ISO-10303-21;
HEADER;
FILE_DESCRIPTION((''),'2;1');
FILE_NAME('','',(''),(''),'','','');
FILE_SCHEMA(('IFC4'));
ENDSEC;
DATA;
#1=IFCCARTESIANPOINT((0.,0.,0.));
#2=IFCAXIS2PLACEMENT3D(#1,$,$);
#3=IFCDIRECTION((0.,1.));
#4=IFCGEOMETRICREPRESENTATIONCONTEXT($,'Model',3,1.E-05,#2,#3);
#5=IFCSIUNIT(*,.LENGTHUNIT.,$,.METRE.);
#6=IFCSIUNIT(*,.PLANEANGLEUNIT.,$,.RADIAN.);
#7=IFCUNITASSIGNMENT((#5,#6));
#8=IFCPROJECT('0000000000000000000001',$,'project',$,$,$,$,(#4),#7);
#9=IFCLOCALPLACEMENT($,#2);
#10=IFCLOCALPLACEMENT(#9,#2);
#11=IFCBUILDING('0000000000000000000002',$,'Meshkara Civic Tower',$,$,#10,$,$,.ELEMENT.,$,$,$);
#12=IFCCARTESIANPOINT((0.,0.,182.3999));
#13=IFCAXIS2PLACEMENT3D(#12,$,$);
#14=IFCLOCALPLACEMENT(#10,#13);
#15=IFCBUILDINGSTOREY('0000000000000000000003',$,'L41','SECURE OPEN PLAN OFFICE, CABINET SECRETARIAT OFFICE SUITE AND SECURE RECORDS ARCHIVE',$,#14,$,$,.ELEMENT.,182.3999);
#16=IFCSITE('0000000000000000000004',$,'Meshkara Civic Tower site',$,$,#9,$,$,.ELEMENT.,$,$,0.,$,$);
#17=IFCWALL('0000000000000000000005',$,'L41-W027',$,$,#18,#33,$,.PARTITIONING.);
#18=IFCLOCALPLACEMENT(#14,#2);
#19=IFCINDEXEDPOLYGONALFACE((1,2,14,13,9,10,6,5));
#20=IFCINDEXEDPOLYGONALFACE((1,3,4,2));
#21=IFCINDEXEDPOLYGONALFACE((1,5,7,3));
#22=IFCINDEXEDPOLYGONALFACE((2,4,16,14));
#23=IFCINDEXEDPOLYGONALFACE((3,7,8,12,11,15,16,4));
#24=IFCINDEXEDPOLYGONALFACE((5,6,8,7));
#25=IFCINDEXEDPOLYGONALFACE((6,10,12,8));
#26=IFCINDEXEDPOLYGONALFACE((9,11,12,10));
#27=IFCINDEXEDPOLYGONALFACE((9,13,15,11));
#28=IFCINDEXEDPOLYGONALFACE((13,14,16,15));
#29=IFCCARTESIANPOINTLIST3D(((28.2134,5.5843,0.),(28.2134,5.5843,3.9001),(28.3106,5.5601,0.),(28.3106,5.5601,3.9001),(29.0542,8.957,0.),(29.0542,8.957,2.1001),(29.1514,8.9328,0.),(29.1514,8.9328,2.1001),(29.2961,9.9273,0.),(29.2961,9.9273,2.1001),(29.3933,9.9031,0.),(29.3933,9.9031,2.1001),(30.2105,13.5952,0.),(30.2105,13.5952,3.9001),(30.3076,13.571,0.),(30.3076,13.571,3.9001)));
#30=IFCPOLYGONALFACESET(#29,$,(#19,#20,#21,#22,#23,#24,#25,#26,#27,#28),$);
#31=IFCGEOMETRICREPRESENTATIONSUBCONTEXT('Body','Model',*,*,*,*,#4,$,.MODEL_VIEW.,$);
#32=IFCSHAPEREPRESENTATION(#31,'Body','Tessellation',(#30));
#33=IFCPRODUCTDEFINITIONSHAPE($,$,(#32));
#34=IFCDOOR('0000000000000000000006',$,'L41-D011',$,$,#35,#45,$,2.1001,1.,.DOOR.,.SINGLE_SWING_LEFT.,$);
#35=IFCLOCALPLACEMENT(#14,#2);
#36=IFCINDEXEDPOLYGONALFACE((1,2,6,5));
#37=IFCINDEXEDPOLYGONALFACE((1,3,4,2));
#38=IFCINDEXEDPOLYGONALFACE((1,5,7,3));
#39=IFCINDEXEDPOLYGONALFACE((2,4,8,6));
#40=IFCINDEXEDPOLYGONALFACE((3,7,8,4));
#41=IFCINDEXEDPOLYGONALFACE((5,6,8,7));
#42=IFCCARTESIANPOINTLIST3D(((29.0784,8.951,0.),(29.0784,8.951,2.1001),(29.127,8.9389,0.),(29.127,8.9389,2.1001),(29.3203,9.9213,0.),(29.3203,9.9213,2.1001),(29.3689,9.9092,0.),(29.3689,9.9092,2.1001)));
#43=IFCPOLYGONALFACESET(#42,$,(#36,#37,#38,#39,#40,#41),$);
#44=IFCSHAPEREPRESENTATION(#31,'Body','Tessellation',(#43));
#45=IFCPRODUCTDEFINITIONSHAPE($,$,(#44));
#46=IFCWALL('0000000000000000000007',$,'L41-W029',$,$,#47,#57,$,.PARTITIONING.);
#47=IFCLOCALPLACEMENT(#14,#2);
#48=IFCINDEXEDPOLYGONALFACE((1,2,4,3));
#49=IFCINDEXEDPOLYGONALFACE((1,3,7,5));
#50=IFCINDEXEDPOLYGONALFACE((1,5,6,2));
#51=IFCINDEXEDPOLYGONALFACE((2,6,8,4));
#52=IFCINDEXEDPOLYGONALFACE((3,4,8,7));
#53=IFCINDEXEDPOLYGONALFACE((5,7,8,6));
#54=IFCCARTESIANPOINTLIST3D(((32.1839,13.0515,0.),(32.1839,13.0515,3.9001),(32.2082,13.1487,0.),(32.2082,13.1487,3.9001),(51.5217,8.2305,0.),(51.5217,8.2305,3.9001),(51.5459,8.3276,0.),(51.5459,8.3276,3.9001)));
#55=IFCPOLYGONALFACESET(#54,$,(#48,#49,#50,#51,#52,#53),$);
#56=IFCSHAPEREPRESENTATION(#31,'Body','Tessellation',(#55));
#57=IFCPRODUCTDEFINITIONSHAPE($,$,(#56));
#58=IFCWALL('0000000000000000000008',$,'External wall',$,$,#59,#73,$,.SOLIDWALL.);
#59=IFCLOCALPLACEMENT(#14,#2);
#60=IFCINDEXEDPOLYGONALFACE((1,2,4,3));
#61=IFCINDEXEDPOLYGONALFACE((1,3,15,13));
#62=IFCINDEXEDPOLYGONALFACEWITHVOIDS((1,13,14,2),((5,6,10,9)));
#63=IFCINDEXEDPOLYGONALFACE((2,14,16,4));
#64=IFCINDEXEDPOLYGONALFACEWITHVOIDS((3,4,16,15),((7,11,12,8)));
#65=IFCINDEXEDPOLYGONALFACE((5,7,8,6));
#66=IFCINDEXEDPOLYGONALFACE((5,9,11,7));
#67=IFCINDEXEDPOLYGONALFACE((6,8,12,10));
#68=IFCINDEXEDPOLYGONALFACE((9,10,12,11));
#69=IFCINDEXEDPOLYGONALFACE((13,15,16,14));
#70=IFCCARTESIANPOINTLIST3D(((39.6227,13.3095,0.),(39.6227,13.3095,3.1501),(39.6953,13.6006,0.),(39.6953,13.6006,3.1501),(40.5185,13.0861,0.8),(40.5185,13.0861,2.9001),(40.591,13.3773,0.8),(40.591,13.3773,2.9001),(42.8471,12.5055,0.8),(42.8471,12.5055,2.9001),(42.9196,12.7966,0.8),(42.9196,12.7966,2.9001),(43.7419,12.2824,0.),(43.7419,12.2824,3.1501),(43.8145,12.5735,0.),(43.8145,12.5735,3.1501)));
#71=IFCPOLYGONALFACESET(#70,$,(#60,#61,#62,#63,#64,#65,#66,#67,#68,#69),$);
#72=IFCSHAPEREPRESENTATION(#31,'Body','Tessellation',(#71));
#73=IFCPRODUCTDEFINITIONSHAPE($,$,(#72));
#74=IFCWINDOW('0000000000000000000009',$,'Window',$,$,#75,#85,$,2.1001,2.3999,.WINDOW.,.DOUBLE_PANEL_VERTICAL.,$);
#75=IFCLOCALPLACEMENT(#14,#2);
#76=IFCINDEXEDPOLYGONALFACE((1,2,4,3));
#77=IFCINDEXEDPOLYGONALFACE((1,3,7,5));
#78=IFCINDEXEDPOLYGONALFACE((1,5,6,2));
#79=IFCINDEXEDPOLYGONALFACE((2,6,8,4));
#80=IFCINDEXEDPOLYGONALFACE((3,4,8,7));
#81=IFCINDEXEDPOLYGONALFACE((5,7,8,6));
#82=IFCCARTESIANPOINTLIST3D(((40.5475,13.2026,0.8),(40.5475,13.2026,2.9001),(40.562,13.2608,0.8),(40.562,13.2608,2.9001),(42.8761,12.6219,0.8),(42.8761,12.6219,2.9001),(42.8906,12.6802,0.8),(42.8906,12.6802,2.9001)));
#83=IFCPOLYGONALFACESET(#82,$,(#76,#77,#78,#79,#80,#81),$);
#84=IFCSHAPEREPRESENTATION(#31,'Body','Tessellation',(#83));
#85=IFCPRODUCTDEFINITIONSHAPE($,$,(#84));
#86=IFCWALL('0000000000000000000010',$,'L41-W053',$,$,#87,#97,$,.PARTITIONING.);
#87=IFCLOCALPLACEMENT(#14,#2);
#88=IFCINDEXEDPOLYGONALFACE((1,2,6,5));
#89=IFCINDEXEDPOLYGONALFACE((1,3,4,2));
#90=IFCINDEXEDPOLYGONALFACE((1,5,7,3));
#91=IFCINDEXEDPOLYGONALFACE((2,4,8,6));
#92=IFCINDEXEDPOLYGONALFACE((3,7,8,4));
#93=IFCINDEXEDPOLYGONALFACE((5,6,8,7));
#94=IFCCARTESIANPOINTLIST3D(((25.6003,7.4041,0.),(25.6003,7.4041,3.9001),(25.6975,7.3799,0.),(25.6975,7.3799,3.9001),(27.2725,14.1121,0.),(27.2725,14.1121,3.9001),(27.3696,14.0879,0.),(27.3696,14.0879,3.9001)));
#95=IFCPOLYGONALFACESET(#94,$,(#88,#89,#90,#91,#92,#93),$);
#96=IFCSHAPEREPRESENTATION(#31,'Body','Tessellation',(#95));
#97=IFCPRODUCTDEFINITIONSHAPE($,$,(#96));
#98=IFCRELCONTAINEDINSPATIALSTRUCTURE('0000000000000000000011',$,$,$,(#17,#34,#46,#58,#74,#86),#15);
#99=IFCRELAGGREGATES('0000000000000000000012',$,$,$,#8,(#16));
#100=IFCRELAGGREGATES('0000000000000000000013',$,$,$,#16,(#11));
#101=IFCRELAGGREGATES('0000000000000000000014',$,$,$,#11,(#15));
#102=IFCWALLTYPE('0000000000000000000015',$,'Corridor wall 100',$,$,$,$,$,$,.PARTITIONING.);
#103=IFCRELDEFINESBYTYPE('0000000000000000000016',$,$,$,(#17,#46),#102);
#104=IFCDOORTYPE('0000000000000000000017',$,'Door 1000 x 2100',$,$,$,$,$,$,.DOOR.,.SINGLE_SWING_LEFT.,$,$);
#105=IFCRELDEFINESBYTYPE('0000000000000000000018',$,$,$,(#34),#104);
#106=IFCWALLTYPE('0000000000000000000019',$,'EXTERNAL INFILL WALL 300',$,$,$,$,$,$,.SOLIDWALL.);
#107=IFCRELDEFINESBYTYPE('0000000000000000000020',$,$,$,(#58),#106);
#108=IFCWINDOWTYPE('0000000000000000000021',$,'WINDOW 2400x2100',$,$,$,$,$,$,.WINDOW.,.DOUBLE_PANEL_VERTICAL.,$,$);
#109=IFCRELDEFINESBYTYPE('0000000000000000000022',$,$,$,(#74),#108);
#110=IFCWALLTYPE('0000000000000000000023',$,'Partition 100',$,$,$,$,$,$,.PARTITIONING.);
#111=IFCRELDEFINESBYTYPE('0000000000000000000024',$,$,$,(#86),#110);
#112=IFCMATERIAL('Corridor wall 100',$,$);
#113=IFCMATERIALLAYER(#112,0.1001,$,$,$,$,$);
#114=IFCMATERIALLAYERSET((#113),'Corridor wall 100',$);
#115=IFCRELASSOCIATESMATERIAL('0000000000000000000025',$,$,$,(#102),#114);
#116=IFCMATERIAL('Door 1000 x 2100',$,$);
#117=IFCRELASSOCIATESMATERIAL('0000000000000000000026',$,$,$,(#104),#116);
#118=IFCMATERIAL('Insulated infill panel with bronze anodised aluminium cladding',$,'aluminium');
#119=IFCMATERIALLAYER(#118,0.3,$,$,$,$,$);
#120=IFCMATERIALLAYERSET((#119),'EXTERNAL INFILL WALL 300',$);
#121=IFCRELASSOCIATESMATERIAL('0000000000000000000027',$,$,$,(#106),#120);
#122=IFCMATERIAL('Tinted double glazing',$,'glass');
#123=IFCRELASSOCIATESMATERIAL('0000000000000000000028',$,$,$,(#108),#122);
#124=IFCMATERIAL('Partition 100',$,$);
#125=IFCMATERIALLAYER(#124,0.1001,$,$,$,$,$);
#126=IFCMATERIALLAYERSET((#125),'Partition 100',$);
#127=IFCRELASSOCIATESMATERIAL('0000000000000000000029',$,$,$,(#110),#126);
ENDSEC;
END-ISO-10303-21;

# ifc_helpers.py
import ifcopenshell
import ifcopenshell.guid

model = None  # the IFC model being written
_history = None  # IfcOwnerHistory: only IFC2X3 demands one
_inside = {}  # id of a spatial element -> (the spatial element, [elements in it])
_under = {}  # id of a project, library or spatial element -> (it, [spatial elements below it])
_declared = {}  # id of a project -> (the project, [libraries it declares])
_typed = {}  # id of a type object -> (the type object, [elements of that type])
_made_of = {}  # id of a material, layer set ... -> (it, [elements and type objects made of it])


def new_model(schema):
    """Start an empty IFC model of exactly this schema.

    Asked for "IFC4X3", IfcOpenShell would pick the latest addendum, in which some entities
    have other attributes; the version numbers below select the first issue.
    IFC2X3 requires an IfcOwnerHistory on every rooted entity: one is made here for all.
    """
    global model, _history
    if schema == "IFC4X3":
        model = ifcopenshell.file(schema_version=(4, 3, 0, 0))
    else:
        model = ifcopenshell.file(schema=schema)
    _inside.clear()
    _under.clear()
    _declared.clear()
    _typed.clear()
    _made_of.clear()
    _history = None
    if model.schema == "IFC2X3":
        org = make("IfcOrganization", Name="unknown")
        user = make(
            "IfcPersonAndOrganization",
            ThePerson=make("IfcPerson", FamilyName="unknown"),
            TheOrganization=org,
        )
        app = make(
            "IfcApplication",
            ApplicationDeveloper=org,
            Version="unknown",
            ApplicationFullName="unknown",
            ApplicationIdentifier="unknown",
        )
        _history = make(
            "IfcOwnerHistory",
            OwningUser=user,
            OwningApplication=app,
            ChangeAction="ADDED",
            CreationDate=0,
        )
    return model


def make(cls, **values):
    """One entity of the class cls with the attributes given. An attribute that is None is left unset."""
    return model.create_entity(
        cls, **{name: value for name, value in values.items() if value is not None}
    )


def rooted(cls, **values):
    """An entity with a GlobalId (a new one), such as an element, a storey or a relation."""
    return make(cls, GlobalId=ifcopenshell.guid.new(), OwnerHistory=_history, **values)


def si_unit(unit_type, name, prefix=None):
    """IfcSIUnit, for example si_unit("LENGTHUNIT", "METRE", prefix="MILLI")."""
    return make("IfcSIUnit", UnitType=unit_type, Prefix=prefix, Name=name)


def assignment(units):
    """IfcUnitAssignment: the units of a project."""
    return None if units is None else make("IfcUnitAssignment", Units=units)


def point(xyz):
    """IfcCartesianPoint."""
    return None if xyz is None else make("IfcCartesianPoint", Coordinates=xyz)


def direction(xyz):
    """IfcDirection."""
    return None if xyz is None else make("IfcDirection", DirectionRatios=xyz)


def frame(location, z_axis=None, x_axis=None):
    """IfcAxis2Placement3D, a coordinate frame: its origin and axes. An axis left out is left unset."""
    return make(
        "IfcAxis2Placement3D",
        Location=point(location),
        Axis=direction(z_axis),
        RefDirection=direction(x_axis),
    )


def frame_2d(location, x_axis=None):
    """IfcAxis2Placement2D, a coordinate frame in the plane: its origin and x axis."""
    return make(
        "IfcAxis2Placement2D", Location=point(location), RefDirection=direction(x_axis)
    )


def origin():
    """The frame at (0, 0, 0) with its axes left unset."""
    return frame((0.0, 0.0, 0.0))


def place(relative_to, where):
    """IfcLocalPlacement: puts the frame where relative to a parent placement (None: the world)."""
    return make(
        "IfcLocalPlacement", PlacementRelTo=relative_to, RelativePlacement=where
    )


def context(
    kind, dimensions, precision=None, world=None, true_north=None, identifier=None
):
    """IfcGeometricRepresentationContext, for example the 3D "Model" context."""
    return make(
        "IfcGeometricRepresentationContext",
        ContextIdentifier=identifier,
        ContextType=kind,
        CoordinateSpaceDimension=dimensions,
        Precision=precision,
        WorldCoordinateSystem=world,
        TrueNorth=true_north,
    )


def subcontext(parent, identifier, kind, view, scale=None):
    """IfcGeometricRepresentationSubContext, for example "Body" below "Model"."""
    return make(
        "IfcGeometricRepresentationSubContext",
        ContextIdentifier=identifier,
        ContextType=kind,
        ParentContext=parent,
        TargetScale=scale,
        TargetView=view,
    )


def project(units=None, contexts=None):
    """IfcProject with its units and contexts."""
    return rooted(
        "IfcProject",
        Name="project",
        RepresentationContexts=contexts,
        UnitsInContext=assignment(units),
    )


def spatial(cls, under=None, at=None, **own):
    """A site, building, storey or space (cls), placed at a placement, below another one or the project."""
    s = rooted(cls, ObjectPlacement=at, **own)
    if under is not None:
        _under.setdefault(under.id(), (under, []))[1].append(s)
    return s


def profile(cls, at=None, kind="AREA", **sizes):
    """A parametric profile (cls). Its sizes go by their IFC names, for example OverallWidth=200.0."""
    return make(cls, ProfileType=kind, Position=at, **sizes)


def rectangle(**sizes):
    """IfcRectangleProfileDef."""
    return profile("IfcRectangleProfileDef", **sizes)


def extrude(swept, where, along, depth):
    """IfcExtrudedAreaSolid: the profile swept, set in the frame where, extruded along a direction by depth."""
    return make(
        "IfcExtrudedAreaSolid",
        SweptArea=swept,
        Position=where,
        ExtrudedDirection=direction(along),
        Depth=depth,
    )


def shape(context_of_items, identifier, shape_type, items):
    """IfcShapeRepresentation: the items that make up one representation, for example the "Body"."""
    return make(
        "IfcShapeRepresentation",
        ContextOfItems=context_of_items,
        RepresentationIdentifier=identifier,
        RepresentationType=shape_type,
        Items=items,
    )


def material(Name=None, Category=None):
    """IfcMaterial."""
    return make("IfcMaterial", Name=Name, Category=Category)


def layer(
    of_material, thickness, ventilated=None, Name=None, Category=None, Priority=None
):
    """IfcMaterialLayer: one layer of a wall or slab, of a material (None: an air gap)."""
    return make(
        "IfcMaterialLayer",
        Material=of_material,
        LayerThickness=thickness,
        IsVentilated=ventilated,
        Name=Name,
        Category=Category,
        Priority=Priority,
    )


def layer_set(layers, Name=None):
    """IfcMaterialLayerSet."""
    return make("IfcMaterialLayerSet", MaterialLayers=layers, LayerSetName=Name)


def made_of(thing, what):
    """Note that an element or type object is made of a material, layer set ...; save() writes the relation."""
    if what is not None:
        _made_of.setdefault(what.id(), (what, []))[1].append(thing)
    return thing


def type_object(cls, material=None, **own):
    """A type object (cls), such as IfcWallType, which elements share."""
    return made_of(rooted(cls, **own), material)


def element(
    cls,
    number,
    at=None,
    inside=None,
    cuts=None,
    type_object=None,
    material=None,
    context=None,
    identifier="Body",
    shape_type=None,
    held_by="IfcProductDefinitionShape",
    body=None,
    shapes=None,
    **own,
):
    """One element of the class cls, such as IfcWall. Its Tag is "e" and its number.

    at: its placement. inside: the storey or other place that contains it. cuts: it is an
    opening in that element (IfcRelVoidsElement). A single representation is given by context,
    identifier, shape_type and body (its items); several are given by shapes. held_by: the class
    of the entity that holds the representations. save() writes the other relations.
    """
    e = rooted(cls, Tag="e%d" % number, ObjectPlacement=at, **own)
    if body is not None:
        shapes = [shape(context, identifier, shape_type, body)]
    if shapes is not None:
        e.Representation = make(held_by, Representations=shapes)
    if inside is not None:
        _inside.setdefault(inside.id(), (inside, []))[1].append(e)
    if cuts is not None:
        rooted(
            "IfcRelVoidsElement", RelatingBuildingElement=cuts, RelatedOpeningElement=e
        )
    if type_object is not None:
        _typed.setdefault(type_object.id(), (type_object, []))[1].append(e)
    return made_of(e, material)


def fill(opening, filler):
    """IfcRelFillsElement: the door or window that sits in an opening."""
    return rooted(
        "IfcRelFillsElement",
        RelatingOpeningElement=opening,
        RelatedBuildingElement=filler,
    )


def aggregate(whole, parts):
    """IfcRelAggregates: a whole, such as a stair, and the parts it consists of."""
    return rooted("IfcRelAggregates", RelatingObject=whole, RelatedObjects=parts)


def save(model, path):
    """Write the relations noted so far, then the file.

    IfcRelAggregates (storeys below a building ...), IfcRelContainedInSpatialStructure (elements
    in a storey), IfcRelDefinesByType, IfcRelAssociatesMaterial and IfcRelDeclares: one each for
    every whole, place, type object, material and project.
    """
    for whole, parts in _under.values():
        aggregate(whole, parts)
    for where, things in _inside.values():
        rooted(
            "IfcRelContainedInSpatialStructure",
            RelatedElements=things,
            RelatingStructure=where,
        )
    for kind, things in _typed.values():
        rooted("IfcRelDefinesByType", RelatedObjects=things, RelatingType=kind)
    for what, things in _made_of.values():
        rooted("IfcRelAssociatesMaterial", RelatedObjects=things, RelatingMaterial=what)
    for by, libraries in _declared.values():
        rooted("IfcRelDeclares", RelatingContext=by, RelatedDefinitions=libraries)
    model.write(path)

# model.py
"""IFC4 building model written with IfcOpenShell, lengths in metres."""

from ifc_helpers import new_model, si_unit, direction, frame, frame_2d, origin, place, context, subcontext, project, spatial, rectangle, extrude, material, layer, layer_set, type_object, element, fill, save


model = new_model("IFC4")

# Units and contexts
model_context = context("Model", 3, precision=1e-05, world=origin(), true_north=direction((0.0, 1.0)))
body_context = subcontext(model_context, "Body", "Model", "MODEL_VIEW")
ifc_project = project(units=[si_unit("LENGTHUNIT", "METRE"), si_unit("PLANEANGLEUNIT", "RADIAN")], contexts=[model_context])

# Site, building, storey
site_placement = place(None, origin())
site = spatial("IfcSite", under=ifc_project, at=site_placement, Name="Meshkara Civic Tower site", CompositionType="ELEMENT", RefElevation=0.0)
building_placement = place(site_placement, origin())
building = spatial("IfcBuilding", under=site, at=building_placement, Name="Meshkara Civic Tower", CompositionType="ELEMENT")
storey_placement = place(building_placement, frame((0.0, 0.0, 182.3999)))
storey = spatial("IfcBuildingStorey", under=building, at=storey_placement, Name="L41", Description="SECURE OPEN PLAN OFFICE, CABINET SECRETARIAT OFFICE SUITE AND SECURE RECORDS ARCHIVE", CompositionType="ELEMENT", Elevation=182.3999)

# Wall, opening, door
ifc_material_1 = material(Name="Corridor wall 100")
ifc_layer_1 = layer(ifc_material_1, 0.1001)
ifc_layer_set_1 = layer_set([ifc_layer_1], Name="Corridor wall 100")
wall_type_1 = type_object("IfcWallType", Name="Corridor wall 100", PredefinedType="PARTITIONING", material=ifc_layer_set_1)
ifc_material_2 = material(Name="Door 1000 x 2100")
door_type = type_object("IfcDoorType", Name="Door 1000 x 2100", OperationType="SINGLE_SWING_LEFT", PredefinedType="DOOR", material=ifc_material_2)
wall_1_placement = place(storey_placement, frame((30.259, 13.583, 0.0), z_axis=(0.0, 0.0, 1.0), x_axis=(-0.241888, -0.970304, 0.0)))
wall_1 = element("IfcWall", 1, at=wall_1_placement, inside=storey, type_object=wall_type_1, Name="L41-W027", PredefinedType="PARTITIONING", context=body_context, shape_type="SweptSolid", body=[
    extrude(rectangle(XDim=8.2561, YDim=0.1001, at=frame_2d((4.1279, 0.0))), origin(), (0.0, 0.0, 1.0), 3.9001),
])
opening_1_placement = place(wall_1_placement, frame((3.78, 0.0, 0.0)))
opening_1 = element("IfcOpeningElement", 2, at=opening_1_placement, cuts=wall_1, PredefinedType="OPENING", context=body_context, shape_type="SweptSolid", body=[
    extrude(rectangle(XDim=1.0, YDim=2.1001, at=frame_2d((0.5, 1.05))), frame((0.0, 0.0601, 0.0), z_axis=(0.0, -1.0, 0.0), x_axis=(1.0, 0.0, 0.0)), (0.0, 0.0, 1.0), 0.1201),
])
door_1_placement = place(opening_1_placement, origin())
door_1 = element("IfcDoor", 3, at=door_1_placement, inside=storey, type_object=door_type, Name="L41-D011", OperationType="SINGLE_SWING_LEFT", OverallHeight=2.1001, OverallWidth=1.0, PredefinedType="DOOR", context=body_context, shape_type="SweptSolid", body=[
    extrude(rectangle(XDim=1.0, YDim=2.1001, at=frame_2d((0.5, 1.05))), frame((0.0, 0.0249, 0.0), z_axis=(0.0, -1.0, 0.0), x_axis=(1.0, 0.0, 0.0)), (0.0, 0.0, 1.0), 0.05),
])
fill(opening_1, door_1)

# Wall
wall_2_placement = place(storey_placement, frame((32.196, 13.1001, 0.0), z_axis=(0.0, 0.0, 1.0), x_axis=(0.970301, -0.241901, 0.0)))
element("IfcWall", 4, at=wall_2_placement, inside=storey, type_object=wall_type_1, Name="L41-W029", PredefinedType="PARTITIONING", context=body_context, shape_type="SweptSolid", body=[
    extrude(rectangle(XDim=19.9297, YDim=0.1001, at=frame_2d((9.9648, 0.0))), origin(), (0.0, 0.0, 1.0), 3.9001),
])

# Wall, opening, window
ifc_material_3 = material(Name="Insulated infill panel with bronze anodised aluminium cladding", Category="aluminium")
ifc_layer_2 = layer(ifc_material_3, 0.3)
ifc_layer_set_2 = layer_set([ifc_layer_2], Name="EXTERNAL INFILL WALL 300")
wall_type_2 = type_object("IfcWallType", Name="EXTERNAL INFILL WALL 300", PredefinedType="SOLIDWALL", material=ifc_layer_set_2)
wall_3_placement = place(storey_placement, frame((43.7781, 12.428, 0.0), z_axis=(0.0, 0.0, 1.0), x_axis=(-0.970291, 0.24194, 0.0)))
wall_3 = element("IfcWall", 5, at=wall_3_placement, inside=storey, type_object=wall_type_2, Name="External wall", PredefinedType="SOLIDWALL", context=body_context, shape_type="SweptSolid", body=[
    extrude(rectangle(XDim=4.2454, YDim=0.3, at=frame_2d((2.1226, 0.0))), origin(), (0.0, 0.0, 1.0), 3.1501),
])
opening_2_placement = place(wall_3_placement, frame((0.9221, 0.0, 0.8)))
opening_2 = element("IfcOpeningElement", 6, at=opening_2_placement, cuts=wall_3, PredefinedType="OPENING", context=body_context, shape_type="SweptSolid", body=[
    extrude(rectangle(XDim=2.3999, YDim=2.1001, at=frame_2d((1.2, 1.05))), frame((0.0, 0.1599, 0.0), z_axis=(0.0, -1.0, 0.0), x_axis=(1.0, 0.0, 0.0)), (0.0, 0.0, 1.0), 0.3201),
])
ifc_material_4 = material(Name="Tinted double glazing", Category="glass")
window_type = type_object("IfcWindowType", Name="WINDOW 2400x2100", PartitioningType="DOUBLE_PANEL_VERTICAL", PredefinedType="WINDOW", material=ifc_material_4)
window_placement = place(opening_2_placement, origin())
window = element("IfcWindow", 7, at=window_placement, inside=storey, type_object=window_type, Name="Window", OverallHeight=2.1001, OverallWidth=2.3999, PartitioningType="DOUBLE_PANEL_VERTICAL", PredefinedType="WINDOW", context=body_context, shape_type="SweptSolid", body=[
    extrude(rectangle(XDim=2.3999, YDim=2.1001, at=frame_2d((1.2, 1.05))), frame((0.0, 0.03, 0.0), z_axis=(0.0, -1.0, 0.0), x_axis=(1.0, 0.0, 0.0)), (0.0, 0.0, 1.0), 0.0601),
])
fill(opening_2, window)

# Wall
ifc_material_5 = material(Name="Partition 100")
ifc_layer_3 = layer(ifc_material_5, 0.1001)
ifc_layer_set_3 = layer_set([ifc_layer_3], Name="Partition 100")
wall_type_3 = type_object("IfcWallType", Name="Partition 100", PredefinedType="PARTITIONING", material=ifc_layer_set_3)
wall_4_placement = place(storey_placement, frame((25.6489, 7.3921, 0.0), z_axis=(0.0, 0.0, 1.0), x_axis=(0.241871, 0.970308, 0.0)))
element("IfcWall", 8, at=wall_4_placement, inside=storey, type_object=wall_type_3, Name="L41-W053", PredefinedType="PARTITIONING", context=body_context, shape_type="SweptSolid", body=[
    extrude(rectangle(XDim=6.9133, YDim=0.1001, at=frame_2d((3.4565, 0.0))), origin(), (0.0, 0.0, 1.0), 3.9001),
])

save(model, "model.ifc")
